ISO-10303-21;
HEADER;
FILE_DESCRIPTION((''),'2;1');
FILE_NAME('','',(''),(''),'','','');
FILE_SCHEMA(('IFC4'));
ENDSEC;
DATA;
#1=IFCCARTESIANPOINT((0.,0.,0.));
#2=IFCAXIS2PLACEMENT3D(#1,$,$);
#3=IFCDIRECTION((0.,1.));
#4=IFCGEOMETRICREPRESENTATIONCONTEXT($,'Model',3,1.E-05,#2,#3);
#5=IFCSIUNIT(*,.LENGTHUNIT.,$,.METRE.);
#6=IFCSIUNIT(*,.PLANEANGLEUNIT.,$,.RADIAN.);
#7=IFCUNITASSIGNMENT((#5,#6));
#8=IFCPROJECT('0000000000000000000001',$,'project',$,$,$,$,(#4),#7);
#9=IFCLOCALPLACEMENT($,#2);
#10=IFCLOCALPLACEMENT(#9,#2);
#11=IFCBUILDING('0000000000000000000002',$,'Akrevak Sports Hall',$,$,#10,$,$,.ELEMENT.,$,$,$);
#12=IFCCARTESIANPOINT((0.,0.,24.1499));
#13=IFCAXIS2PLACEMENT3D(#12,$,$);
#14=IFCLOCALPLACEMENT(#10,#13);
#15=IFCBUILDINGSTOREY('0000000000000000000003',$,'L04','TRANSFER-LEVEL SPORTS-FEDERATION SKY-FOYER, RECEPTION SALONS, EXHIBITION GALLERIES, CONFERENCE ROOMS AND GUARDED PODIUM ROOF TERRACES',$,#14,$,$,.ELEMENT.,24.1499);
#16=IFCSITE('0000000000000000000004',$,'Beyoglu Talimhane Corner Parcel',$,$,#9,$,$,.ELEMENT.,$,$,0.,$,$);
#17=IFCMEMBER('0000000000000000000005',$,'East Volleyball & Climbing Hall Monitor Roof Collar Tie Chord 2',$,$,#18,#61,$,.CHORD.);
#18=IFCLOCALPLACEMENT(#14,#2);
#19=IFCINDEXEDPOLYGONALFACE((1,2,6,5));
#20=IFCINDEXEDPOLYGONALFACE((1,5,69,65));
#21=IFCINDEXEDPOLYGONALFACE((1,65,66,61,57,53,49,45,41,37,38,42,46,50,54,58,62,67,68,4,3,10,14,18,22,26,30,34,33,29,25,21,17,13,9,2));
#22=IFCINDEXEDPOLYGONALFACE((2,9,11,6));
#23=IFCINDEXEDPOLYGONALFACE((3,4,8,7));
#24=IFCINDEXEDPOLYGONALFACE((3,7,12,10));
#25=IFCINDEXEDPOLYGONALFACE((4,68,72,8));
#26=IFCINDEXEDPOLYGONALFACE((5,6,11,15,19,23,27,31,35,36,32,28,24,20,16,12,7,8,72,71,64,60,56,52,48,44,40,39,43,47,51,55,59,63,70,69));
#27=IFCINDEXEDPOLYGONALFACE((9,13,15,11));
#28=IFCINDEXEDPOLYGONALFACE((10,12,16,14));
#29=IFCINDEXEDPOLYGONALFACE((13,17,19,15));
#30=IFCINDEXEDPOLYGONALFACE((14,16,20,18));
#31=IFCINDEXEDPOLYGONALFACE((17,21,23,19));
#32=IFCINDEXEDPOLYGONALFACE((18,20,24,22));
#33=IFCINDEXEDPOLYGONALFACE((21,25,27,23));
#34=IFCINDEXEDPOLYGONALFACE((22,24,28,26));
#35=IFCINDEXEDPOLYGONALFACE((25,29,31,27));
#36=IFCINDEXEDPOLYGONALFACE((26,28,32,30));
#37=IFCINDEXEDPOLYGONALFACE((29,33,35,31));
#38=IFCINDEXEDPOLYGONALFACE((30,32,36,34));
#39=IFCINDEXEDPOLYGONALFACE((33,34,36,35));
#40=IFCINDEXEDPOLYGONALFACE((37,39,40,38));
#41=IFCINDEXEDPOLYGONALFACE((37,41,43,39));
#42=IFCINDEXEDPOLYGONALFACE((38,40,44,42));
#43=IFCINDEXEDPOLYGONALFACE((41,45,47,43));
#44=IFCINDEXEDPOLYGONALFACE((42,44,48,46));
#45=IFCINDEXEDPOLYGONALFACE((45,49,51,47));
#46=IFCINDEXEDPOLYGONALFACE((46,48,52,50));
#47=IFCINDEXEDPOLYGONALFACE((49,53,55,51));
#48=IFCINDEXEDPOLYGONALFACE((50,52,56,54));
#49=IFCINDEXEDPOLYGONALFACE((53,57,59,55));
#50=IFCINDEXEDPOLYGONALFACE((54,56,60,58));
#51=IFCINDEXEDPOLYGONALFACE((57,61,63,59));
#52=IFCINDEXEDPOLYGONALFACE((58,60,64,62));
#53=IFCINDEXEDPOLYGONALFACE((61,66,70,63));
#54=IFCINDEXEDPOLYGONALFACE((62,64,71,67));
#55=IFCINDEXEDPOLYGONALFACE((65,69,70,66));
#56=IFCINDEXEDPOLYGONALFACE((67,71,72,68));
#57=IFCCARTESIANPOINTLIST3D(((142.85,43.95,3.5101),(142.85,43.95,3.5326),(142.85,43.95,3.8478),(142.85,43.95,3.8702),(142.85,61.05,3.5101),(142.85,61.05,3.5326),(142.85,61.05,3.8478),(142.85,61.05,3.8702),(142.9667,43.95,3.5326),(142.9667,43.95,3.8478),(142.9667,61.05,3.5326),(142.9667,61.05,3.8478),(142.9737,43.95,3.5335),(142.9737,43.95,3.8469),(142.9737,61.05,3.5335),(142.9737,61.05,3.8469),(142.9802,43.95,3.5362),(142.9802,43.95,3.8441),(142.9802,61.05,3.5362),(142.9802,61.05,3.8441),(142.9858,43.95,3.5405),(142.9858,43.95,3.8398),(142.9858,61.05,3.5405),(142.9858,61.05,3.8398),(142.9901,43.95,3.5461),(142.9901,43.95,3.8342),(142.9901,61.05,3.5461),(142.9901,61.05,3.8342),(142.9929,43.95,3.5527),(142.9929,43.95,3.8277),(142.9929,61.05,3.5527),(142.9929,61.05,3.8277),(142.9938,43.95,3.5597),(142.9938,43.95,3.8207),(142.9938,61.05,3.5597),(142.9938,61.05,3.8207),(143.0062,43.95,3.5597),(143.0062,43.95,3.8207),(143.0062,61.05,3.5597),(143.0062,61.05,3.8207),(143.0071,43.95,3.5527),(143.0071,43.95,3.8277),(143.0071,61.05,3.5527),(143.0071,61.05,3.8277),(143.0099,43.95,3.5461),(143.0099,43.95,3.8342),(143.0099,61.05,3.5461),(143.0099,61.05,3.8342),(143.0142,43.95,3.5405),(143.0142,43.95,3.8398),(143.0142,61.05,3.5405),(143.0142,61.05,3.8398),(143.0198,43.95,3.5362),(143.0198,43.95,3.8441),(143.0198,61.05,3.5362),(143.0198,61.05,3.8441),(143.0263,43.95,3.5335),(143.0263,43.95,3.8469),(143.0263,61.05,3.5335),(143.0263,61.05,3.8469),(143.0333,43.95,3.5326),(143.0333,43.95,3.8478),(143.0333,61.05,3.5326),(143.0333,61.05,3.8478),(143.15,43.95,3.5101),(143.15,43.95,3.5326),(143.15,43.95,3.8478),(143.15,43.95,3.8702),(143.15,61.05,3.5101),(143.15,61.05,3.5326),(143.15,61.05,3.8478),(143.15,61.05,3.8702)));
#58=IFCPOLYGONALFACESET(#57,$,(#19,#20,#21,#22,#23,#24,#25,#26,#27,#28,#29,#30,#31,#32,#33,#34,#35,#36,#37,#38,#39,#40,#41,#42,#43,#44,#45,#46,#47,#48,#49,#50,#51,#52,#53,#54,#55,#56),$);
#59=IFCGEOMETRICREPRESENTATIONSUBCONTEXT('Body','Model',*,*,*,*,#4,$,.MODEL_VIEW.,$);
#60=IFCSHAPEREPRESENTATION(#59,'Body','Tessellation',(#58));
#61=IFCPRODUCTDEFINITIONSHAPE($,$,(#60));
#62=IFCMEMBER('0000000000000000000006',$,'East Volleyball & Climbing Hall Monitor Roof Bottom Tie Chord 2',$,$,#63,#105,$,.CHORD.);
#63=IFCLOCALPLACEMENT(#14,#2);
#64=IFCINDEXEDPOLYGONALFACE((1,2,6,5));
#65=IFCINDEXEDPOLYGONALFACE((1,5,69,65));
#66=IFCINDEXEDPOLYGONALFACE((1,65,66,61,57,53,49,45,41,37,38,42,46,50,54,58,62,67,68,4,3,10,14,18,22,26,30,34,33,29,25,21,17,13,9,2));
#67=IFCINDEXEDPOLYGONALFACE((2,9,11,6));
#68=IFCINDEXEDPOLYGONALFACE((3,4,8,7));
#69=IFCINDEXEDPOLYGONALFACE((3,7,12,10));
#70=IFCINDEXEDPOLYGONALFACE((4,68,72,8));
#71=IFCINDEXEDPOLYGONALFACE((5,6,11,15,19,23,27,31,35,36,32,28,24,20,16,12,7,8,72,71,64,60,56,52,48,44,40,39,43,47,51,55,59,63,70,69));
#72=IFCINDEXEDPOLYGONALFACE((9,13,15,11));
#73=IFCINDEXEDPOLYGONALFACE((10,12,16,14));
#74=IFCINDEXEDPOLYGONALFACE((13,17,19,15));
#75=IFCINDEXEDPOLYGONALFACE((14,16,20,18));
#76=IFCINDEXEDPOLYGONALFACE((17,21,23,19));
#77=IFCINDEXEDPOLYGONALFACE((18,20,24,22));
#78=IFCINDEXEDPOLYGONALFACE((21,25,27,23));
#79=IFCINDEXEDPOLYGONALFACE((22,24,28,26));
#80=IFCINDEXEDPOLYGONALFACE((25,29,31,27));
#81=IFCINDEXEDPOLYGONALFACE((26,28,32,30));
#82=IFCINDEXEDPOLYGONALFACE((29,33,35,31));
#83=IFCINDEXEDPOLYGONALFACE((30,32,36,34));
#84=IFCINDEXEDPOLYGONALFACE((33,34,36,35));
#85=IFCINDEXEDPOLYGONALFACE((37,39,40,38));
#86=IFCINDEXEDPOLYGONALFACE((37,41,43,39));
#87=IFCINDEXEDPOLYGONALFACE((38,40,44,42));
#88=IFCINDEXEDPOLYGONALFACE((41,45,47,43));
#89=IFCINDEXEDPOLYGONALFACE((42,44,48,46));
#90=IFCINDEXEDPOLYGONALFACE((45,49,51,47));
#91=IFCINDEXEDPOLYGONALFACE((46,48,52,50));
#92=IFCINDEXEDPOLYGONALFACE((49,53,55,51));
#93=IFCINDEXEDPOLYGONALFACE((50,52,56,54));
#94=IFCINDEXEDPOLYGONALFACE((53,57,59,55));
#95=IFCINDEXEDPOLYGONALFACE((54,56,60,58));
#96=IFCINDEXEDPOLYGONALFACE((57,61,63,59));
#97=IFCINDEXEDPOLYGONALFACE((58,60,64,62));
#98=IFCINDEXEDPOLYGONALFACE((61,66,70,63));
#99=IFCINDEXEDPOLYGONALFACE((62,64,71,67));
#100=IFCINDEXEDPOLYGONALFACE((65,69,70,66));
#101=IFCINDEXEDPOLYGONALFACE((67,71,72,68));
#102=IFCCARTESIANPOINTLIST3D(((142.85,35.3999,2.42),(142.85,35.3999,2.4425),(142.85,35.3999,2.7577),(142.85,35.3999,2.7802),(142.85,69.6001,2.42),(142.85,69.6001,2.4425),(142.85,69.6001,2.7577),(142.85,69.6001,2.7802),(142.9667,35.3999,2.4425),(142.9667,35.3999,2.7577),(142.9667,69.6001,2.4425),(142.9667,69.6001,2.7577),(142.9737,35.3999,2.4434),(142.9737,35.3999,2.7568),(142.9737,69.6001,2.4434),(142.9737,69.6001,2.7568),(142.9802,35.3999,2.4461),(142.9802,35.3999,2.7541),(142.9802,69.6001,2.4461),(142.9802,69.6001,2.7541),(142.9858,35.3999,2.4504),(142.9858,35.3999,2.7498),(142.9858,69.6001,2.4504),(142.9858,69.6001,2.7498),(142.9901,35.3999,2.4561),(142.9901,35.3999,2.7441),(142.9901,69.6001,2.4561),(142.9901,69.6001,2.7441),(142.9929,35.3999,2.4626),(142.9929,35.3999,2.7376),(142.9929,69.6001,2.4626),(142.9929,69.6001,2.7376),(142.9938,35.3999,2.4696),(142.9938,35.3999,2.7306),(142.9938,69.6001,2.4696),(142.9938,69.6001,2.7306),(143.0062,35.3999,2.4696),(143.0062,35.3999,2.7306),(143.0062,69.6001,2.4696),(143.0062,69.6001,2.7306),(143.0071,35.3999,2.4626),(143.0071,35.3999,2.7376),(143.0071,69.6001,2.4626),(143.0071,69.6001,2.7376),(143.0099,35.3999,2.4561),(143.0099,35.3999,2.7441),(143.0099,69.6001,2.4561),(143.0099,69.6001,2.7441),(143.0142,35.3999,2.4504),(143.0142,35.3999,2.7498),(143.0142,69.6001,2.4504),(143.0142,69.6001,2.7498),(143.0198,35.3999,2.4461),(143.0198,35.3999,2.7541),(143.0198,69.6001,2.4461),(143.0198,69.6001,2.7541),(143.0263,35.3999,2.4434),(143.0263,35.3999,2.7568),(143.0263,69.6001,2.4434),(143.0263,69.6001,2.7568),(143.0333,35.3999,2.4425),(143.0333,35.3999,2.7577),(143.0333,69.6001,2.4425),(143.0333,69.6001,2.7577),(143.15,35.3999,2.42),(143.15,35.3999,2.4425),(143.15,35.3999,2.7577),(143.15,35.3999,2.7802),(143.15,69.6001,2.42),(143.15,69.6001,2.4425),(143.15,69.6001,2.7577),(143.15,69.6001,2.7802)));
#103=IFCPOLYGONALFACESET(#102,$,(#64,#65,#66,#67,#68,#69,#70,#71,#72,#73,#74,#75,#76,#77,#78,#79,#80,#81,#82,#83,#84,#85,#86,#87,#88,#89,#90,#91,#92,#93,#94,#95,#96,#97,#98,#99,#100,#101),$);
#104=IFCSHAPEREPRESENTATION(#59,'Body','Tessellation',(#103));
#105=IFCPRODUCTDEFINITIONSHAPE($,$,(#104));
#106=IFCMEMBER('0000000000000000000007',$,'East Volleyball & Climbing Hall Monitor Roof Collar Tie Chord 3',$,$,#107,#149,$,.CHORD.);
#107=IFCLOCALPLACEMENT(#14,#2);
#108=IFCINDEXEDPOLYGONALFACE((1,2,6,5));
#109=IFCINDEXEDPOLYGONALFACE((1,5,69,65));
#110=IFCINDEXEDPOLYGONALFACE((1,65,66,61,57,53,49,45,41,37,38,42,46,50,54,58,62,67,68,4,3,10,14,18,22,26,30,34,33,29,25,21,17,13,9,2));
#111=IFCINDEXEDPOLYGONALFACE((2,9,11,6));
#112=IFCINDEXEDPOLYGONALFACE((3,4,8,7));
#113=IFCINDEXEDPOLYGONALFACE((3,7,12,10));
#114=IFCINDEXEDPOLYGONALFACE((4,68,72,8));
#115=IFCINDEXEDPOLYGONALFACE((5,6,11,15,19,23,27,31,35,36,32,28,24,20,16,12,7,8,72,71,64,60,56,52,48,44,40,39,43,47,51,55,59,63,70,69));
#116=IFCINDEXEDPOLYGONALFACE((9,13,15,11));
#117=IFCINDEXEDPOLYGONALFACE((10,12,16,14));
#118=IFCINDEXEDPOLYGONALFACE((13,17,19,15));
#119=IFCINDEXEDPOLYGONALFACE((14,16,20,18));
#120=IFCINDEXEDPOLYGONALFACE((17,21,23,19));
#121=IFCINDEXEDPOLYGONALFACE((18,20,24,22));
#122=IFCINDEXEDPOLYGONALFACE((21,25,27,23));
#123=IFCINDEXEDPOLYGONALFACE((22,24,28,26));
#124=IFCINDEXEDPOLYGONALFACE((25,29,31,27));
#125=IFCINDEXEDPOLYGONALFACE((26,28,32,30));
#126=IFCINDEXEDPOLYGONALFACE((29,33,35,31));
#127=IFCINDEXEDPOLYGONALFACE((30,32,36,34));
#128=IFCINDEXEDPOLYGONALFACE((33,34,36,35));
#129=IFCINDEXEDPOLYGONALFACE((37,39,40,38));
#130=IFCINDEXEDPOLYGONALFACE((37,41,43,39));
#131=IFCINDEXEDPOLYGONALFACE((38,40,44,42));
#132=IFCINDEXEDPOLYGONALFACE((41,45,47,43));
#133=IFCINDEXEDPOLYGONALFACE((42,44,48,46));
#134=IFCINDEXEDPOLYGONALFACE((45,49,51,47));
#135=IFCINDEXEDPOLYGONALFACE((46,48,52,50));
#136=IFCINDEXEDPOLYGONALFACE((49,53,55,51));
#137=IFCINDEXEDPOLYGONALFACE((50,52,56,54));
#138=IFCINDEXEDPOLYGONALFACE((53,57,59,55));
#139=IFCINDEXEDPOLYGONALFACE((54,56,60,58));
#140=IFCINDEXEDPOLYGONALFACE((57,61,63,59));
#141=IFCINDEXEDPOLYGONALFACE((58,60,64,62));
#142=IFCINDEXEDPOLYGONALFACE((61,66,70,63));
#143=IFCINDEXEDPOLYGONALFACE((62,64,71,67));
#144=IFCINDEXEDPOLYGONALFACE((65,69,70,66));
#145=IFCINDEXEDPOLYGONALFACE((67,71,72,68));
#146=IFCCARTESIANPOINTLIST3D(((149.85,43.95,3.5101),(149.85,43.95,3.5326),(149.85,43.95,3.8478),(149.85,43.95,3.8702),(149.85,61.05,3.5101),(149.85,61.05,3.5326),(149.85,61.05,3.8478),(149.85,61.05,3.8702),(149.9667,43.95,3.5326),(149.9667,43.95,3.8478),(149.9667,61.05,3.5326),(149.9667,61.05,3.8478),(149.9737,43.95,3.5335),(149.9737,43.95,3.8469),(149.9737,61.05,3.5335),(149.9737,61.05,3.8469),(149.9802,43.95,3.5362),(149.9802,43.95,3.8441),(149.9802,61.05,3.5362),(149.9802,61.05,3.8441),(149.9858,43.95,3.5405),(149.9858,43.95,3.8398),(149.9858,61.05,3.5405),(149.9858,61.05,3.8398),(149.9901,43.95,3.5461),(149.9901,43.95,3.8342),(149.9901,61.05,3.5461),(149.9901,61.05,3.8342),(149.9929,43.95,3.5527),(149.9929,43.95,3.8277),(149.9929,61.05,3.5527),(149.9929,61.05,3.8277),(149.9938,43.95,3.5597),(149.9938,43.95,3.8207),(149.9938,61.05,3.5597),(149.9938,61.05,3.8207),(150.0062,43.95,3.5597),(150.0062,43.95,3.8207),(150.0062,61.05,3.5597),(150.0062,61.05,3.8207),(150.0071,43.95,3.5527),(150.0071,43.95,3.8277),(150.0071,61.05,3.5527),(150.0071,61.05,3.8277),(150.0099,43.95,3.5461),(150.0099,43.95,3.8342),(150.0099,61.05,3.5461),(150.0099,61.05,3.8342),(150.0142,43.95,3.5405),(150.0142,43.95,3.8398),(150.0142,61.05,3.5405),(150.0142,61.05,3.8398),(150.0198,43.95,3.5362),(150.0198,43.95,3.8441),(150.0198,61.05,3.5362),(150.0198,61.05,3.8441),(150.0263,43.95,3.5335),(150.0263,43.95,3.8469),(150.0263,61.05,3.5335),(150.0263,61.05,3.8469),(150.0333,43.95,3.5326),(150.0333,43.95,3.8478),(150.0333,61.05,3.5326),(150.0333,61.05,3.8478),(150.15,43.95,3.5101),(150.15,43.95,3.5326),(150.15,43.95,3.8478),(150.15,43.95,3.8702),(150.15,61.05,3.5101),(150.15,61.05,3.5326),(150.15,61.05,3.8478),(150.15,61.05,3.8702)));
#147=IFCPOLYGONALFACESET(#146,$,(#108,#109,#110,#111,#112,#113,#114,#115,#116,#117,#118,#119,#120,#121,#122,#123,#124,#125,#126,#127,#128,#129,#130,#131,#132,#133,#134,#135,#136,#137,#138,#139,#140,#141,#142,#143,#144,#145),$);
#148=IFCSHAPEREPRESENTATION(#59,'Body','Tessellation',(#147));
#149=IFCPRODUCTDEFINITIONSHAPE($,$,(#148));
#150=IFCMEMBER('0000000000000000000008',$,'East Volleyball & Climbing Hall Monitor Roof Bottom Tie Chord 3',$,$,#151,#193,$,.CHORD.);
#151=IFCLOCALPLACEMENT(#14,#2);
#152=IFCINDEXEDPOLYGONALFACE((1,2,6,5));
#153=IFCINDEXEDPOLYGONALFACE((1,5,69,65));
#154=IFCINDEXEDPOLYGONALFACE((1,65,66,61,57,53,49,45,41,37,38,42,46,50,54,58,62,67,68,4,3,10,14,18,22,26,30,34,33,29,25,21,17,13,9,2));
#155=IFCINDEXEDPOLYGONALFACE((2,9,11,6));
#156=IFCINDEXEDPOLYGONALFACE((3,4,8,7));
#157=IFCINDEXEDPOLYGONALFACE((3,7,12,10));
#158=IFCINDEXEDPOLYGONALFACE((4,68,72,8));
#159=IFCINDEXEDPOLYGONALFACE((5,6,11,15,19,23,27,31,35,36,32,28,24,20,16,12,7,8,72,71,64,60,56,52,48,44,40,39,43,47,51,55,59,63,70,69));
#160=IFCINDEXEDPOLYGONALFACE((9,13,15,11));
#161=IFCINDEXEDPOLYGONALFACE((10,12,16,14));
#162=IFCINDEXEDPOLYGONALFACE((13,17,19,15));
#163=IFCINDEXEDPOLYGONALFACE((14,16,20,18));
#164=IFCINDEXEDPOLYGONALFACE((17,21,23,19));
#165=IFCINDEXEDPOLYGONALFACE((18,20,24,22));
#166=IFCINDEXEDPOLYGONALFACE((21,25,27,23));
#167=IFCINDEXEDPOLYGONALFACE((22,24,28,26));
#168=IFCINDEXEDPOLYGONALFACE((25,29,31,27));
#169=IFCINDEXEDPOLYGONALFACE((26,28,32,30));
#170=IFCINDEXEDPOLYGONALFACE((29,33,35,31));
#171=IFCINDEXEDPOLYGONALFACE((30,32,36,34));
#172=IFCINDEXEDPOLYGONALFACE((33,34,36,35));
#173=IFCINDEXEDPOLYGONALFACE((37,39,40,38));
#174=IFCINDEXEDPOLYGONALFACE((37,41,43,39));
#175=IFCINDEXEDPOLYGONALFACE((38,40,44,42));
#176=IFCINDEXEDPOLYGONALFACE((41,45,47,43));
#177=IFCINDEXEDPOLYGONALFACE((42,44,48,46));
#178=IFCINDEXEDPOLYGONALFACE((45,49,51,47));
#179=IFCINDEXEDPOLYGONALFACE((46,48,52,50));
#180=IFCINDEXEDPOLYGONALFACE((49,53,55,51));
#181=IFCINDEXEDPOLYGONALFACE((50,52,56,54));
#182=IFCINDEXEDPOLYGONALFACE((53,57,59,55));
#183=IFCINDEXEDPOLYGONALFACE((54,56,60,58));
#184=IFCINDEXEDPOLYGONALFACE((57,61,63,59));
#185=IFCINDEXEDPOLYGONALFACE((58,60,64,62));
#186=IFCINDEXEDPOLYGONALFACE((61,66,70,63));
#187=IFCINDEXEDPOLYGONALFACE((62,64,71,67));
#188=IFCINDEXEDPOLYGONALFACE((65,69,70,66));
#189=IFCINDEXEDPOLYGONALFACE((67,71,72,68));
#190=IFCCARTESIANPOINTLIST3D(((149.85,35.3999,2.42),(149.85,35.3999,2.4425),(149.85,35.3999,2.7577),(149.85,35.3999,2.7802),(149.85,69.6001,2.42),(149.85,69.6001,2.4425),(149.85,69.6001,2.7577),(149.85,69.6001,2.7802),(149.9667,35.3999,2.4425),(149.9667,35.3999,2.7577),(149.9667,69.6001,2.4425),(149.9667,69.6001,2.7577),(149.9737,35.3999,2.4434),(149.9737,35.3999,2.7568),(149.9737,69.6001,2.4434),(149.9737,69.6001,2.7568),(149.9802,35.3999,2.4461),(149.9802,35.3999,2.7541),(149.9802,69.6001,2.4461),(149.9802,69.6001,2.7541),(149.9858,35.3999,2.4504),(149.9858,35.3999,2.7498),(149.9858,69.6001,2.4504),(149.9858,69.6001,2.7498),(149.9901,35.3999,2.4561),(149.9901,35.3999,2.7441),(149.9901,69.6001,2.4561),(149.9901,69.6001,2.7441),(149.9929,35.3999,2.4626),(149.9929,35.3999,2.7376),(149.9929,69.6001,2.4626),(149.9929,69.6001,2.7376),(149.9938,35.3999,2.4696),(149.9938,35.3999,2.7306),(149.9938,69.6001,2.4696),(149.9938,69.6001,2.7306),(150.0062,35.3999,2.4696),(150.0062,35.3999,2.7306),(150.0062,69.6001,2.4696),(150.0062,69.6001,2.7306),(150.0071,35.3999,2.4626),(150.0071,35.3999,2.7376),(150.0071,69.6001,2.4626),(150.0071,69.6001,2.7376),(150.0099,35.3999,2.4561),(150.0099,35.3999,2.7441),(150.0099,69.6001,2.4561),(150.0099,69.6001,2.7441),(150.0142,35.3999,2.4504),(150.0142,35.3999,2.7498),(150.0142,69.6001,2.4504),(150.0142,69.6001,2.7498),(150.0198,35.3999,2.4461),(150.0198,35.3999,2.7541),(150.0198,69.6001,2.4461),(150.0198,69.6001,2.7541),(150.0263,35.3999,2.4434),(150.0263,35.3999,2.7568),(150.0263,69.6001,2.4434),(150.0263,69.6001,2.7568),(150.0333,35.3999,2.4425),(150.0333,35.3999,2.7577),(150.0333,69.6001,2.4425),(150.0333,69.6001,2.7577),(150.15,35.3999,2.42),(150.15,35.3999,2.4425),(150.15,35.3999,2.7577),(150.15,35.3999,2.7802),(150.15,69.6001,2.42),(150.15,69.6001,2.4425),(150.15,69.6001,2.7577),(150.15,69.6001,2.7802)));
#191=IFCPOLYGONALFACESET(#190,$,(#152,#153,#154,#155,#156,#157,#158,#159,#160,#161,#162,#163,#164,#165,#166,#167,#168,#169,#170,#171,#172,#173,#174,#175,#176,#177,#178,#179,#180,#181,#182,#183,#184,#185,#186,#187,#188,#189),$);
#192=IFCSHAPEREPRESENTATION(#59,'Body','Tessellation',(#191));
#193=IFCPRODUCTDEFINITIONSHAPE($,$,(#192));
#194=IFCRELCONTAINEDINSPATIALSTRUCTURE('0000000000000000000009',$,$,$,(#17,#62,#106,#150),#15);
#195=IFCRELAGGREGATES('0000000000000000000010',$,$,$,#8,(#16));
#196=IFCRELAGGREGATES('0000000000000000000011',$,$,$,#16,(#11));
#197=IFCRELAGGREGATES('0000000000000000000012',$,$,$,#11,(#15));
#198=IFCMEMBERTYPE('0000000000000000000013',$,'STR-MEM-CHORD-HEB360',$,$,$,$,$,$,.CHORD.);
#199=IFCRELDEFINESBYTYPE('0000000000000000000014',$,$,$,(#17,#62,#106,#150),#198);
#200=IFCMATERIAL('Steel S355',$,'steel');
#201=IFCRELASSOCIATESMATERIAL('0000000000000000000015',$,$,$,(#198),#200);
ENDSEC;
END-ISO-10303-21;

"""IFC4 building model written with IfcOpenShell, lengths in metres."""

from ifc_helpers import new_model, si_unit, direction, frame, origin, origin_2d, place, context, subcontext, project, spatial, i_section, extrude, material, material_profile, profile_set, type_object, element, save


model = new_model("IFC4")

# Units and contexts
model_context = context("Model", 3, precision=1e-05, world=origin(), true_north=direction((0.0, 1.0)))
body_context = subcontext(model_context, "Body", "Model", "MODEL_VIEW")
ifc_project = project(units=[si_unit("LENGTHUNIT", "METRE"), si_unit("PLANEANGLEUNIT", "RADIAN")], contexts=[model_context])

# Site, building, storey
site_placement = place(None, origin())
site = spatial("IfcSite", under=ifc_project, at=site_placement, Name="Beyoglu Talimhane Corner Parcel", CompositionType="ELEMENT", RefElevation=0.0)
building_placement = place(site_placement, origin())
building = spatial("IfcBuilding", under=site, at=building_placement, Name="Akrevak Sports Hall", CompositionType="ELEMENT")
storey_placement = place(building_placement, frame((0.0, 0.0, 24.1499)))
storey = spatial("IfcBuildingStorey", under=building, at=storey_placement, Name="L04", Description="TRANSFER-LEVEL SPORTS-FEDERATION SKY-FOYER, RECEPTION SALONS, EXHIBITION GALLERIES, CONFERENCE ROOMS AND GUARDED PODIUM ROOF TERRACES", CompositionType="ELEMENT", Elevation=24.1499)

# Members
ifc_material_1 = material(Name="Steel S355", Category="steel")
ifc_material_profile_1 = material_profile(ifc_material_1, i_section(OverallWidth=0.3, OverallDepth=0.3601, WebThickness=0.0125, FlangeThickness=0.0225, FilletRadius=0.0271, at=origin_2d()), Name="HEB 360", Category="steel")
ifc_profile_set_1 = profile_set([ifc_material_profile_1], Name="Steel S355")
member_type_1 = type_object("IfcMemberType", Name="STR-MEM-CHORD-HEB360", PredefinedType="CHORD", material=ifc_profile_set_1)
member_1_placement = place(storey_placement, frame((143.0, 43.95, 3.6902), z_axis=(0.0, 1.0, 0.0), x_axis=(-1.0, 0.0, 0.0)))
element("IfcMember", 1, at=member_1_placement, inside=storey, type_object=member_type_1, Name="East Volleyball & Climbing Hall Monitor Roof Collar Tie Chord 2", PredefinedType="CHORD", context=body_context, shape_type="SweptSolid", body=[
    extrude(i_section(OverallWidth=0.3, OverallDepth=0.3601, WebThickness=0.0125, FlangeThickness=0.0225, FilletRadius=0.0271, at=origin_2d()), origin(), (0.0, 0.0, 1.0), 17.1001),
])
member_2_placement = place(storey_placement, frame((143.0, 35.3999, 2.6001), z_axis=(0.0, 1.0, 0.0), x_axis=(-1.0, 0.0, 0.0)))
element("IfcMember", 2, at=member_2_placement, inside=storey, type_object=member_type_1, Name="East Volleyball & Climbing Hall Monitor Roof Bottom Tie Chord 2", PredefinedType="CHORD", context=body_context, shape_type="SweptSolid", body=[
    extrude(i_section(OverallWidth=0.3, OverallDepth=0.3601, WebThickness=0.0125, FlangeThickness=0.0225, FilletRadius=0.0271, at=origin_2d()), origin(), (0.0, 0.0, 1.0), 34.2002),
])
member_3_placement = place(storey_placement, frame((150.0, 43.95, 3.6902), z_axis=(0.0, 1.0, 0.0), x_axis=(-1.0, 0.0, 0.0)))
element("IfcMember", 3, at=member_3_placement, inside=storey, type_object=member_type_1, Name="East Volleyball & Climbing Hall Monitor Roof Collar Tie Chord 3", PredefinedType="CHORD", context=body_context, shape_type="SweptSolid", body=[
    extrude(i_section(OverallWidth=0.3, OverallDepth=0.3601, WebThickness=0.0125, FlangeThickness=0.0225, FilletRadius=0.0271, at=origin_2d()), origin(), (0.0, 0.0, 1.0), 17.1001),
])
member_4_placement = place(storey_placement, frame((150.0, 35.3999, 2.6001), z_axis=(0.0, 1.0, 0.0), x_axis=(-1.0, 0.0, 0.0)))
element("IfcMember", 4, at=member_4_placement, inside=storey, type_object=member_type_1, Name="East Volleyball & Climbing Hall Monitor Roof Bottom Tie Chord 3", PredefinedType="CHORD", context=body_context, shape_type="SweptSolid", body=[
    extrude(i_section(OverallWidth=0.3, OverallDepth=0.3601, WebThickness=0.0125, FlangeThickness=0.0225, FilletRadius=0.0271, at=origin_2d()), origin(), (0.0, 0.0, 1.0), 34.2002),
])

save(model, "model.ifc")
